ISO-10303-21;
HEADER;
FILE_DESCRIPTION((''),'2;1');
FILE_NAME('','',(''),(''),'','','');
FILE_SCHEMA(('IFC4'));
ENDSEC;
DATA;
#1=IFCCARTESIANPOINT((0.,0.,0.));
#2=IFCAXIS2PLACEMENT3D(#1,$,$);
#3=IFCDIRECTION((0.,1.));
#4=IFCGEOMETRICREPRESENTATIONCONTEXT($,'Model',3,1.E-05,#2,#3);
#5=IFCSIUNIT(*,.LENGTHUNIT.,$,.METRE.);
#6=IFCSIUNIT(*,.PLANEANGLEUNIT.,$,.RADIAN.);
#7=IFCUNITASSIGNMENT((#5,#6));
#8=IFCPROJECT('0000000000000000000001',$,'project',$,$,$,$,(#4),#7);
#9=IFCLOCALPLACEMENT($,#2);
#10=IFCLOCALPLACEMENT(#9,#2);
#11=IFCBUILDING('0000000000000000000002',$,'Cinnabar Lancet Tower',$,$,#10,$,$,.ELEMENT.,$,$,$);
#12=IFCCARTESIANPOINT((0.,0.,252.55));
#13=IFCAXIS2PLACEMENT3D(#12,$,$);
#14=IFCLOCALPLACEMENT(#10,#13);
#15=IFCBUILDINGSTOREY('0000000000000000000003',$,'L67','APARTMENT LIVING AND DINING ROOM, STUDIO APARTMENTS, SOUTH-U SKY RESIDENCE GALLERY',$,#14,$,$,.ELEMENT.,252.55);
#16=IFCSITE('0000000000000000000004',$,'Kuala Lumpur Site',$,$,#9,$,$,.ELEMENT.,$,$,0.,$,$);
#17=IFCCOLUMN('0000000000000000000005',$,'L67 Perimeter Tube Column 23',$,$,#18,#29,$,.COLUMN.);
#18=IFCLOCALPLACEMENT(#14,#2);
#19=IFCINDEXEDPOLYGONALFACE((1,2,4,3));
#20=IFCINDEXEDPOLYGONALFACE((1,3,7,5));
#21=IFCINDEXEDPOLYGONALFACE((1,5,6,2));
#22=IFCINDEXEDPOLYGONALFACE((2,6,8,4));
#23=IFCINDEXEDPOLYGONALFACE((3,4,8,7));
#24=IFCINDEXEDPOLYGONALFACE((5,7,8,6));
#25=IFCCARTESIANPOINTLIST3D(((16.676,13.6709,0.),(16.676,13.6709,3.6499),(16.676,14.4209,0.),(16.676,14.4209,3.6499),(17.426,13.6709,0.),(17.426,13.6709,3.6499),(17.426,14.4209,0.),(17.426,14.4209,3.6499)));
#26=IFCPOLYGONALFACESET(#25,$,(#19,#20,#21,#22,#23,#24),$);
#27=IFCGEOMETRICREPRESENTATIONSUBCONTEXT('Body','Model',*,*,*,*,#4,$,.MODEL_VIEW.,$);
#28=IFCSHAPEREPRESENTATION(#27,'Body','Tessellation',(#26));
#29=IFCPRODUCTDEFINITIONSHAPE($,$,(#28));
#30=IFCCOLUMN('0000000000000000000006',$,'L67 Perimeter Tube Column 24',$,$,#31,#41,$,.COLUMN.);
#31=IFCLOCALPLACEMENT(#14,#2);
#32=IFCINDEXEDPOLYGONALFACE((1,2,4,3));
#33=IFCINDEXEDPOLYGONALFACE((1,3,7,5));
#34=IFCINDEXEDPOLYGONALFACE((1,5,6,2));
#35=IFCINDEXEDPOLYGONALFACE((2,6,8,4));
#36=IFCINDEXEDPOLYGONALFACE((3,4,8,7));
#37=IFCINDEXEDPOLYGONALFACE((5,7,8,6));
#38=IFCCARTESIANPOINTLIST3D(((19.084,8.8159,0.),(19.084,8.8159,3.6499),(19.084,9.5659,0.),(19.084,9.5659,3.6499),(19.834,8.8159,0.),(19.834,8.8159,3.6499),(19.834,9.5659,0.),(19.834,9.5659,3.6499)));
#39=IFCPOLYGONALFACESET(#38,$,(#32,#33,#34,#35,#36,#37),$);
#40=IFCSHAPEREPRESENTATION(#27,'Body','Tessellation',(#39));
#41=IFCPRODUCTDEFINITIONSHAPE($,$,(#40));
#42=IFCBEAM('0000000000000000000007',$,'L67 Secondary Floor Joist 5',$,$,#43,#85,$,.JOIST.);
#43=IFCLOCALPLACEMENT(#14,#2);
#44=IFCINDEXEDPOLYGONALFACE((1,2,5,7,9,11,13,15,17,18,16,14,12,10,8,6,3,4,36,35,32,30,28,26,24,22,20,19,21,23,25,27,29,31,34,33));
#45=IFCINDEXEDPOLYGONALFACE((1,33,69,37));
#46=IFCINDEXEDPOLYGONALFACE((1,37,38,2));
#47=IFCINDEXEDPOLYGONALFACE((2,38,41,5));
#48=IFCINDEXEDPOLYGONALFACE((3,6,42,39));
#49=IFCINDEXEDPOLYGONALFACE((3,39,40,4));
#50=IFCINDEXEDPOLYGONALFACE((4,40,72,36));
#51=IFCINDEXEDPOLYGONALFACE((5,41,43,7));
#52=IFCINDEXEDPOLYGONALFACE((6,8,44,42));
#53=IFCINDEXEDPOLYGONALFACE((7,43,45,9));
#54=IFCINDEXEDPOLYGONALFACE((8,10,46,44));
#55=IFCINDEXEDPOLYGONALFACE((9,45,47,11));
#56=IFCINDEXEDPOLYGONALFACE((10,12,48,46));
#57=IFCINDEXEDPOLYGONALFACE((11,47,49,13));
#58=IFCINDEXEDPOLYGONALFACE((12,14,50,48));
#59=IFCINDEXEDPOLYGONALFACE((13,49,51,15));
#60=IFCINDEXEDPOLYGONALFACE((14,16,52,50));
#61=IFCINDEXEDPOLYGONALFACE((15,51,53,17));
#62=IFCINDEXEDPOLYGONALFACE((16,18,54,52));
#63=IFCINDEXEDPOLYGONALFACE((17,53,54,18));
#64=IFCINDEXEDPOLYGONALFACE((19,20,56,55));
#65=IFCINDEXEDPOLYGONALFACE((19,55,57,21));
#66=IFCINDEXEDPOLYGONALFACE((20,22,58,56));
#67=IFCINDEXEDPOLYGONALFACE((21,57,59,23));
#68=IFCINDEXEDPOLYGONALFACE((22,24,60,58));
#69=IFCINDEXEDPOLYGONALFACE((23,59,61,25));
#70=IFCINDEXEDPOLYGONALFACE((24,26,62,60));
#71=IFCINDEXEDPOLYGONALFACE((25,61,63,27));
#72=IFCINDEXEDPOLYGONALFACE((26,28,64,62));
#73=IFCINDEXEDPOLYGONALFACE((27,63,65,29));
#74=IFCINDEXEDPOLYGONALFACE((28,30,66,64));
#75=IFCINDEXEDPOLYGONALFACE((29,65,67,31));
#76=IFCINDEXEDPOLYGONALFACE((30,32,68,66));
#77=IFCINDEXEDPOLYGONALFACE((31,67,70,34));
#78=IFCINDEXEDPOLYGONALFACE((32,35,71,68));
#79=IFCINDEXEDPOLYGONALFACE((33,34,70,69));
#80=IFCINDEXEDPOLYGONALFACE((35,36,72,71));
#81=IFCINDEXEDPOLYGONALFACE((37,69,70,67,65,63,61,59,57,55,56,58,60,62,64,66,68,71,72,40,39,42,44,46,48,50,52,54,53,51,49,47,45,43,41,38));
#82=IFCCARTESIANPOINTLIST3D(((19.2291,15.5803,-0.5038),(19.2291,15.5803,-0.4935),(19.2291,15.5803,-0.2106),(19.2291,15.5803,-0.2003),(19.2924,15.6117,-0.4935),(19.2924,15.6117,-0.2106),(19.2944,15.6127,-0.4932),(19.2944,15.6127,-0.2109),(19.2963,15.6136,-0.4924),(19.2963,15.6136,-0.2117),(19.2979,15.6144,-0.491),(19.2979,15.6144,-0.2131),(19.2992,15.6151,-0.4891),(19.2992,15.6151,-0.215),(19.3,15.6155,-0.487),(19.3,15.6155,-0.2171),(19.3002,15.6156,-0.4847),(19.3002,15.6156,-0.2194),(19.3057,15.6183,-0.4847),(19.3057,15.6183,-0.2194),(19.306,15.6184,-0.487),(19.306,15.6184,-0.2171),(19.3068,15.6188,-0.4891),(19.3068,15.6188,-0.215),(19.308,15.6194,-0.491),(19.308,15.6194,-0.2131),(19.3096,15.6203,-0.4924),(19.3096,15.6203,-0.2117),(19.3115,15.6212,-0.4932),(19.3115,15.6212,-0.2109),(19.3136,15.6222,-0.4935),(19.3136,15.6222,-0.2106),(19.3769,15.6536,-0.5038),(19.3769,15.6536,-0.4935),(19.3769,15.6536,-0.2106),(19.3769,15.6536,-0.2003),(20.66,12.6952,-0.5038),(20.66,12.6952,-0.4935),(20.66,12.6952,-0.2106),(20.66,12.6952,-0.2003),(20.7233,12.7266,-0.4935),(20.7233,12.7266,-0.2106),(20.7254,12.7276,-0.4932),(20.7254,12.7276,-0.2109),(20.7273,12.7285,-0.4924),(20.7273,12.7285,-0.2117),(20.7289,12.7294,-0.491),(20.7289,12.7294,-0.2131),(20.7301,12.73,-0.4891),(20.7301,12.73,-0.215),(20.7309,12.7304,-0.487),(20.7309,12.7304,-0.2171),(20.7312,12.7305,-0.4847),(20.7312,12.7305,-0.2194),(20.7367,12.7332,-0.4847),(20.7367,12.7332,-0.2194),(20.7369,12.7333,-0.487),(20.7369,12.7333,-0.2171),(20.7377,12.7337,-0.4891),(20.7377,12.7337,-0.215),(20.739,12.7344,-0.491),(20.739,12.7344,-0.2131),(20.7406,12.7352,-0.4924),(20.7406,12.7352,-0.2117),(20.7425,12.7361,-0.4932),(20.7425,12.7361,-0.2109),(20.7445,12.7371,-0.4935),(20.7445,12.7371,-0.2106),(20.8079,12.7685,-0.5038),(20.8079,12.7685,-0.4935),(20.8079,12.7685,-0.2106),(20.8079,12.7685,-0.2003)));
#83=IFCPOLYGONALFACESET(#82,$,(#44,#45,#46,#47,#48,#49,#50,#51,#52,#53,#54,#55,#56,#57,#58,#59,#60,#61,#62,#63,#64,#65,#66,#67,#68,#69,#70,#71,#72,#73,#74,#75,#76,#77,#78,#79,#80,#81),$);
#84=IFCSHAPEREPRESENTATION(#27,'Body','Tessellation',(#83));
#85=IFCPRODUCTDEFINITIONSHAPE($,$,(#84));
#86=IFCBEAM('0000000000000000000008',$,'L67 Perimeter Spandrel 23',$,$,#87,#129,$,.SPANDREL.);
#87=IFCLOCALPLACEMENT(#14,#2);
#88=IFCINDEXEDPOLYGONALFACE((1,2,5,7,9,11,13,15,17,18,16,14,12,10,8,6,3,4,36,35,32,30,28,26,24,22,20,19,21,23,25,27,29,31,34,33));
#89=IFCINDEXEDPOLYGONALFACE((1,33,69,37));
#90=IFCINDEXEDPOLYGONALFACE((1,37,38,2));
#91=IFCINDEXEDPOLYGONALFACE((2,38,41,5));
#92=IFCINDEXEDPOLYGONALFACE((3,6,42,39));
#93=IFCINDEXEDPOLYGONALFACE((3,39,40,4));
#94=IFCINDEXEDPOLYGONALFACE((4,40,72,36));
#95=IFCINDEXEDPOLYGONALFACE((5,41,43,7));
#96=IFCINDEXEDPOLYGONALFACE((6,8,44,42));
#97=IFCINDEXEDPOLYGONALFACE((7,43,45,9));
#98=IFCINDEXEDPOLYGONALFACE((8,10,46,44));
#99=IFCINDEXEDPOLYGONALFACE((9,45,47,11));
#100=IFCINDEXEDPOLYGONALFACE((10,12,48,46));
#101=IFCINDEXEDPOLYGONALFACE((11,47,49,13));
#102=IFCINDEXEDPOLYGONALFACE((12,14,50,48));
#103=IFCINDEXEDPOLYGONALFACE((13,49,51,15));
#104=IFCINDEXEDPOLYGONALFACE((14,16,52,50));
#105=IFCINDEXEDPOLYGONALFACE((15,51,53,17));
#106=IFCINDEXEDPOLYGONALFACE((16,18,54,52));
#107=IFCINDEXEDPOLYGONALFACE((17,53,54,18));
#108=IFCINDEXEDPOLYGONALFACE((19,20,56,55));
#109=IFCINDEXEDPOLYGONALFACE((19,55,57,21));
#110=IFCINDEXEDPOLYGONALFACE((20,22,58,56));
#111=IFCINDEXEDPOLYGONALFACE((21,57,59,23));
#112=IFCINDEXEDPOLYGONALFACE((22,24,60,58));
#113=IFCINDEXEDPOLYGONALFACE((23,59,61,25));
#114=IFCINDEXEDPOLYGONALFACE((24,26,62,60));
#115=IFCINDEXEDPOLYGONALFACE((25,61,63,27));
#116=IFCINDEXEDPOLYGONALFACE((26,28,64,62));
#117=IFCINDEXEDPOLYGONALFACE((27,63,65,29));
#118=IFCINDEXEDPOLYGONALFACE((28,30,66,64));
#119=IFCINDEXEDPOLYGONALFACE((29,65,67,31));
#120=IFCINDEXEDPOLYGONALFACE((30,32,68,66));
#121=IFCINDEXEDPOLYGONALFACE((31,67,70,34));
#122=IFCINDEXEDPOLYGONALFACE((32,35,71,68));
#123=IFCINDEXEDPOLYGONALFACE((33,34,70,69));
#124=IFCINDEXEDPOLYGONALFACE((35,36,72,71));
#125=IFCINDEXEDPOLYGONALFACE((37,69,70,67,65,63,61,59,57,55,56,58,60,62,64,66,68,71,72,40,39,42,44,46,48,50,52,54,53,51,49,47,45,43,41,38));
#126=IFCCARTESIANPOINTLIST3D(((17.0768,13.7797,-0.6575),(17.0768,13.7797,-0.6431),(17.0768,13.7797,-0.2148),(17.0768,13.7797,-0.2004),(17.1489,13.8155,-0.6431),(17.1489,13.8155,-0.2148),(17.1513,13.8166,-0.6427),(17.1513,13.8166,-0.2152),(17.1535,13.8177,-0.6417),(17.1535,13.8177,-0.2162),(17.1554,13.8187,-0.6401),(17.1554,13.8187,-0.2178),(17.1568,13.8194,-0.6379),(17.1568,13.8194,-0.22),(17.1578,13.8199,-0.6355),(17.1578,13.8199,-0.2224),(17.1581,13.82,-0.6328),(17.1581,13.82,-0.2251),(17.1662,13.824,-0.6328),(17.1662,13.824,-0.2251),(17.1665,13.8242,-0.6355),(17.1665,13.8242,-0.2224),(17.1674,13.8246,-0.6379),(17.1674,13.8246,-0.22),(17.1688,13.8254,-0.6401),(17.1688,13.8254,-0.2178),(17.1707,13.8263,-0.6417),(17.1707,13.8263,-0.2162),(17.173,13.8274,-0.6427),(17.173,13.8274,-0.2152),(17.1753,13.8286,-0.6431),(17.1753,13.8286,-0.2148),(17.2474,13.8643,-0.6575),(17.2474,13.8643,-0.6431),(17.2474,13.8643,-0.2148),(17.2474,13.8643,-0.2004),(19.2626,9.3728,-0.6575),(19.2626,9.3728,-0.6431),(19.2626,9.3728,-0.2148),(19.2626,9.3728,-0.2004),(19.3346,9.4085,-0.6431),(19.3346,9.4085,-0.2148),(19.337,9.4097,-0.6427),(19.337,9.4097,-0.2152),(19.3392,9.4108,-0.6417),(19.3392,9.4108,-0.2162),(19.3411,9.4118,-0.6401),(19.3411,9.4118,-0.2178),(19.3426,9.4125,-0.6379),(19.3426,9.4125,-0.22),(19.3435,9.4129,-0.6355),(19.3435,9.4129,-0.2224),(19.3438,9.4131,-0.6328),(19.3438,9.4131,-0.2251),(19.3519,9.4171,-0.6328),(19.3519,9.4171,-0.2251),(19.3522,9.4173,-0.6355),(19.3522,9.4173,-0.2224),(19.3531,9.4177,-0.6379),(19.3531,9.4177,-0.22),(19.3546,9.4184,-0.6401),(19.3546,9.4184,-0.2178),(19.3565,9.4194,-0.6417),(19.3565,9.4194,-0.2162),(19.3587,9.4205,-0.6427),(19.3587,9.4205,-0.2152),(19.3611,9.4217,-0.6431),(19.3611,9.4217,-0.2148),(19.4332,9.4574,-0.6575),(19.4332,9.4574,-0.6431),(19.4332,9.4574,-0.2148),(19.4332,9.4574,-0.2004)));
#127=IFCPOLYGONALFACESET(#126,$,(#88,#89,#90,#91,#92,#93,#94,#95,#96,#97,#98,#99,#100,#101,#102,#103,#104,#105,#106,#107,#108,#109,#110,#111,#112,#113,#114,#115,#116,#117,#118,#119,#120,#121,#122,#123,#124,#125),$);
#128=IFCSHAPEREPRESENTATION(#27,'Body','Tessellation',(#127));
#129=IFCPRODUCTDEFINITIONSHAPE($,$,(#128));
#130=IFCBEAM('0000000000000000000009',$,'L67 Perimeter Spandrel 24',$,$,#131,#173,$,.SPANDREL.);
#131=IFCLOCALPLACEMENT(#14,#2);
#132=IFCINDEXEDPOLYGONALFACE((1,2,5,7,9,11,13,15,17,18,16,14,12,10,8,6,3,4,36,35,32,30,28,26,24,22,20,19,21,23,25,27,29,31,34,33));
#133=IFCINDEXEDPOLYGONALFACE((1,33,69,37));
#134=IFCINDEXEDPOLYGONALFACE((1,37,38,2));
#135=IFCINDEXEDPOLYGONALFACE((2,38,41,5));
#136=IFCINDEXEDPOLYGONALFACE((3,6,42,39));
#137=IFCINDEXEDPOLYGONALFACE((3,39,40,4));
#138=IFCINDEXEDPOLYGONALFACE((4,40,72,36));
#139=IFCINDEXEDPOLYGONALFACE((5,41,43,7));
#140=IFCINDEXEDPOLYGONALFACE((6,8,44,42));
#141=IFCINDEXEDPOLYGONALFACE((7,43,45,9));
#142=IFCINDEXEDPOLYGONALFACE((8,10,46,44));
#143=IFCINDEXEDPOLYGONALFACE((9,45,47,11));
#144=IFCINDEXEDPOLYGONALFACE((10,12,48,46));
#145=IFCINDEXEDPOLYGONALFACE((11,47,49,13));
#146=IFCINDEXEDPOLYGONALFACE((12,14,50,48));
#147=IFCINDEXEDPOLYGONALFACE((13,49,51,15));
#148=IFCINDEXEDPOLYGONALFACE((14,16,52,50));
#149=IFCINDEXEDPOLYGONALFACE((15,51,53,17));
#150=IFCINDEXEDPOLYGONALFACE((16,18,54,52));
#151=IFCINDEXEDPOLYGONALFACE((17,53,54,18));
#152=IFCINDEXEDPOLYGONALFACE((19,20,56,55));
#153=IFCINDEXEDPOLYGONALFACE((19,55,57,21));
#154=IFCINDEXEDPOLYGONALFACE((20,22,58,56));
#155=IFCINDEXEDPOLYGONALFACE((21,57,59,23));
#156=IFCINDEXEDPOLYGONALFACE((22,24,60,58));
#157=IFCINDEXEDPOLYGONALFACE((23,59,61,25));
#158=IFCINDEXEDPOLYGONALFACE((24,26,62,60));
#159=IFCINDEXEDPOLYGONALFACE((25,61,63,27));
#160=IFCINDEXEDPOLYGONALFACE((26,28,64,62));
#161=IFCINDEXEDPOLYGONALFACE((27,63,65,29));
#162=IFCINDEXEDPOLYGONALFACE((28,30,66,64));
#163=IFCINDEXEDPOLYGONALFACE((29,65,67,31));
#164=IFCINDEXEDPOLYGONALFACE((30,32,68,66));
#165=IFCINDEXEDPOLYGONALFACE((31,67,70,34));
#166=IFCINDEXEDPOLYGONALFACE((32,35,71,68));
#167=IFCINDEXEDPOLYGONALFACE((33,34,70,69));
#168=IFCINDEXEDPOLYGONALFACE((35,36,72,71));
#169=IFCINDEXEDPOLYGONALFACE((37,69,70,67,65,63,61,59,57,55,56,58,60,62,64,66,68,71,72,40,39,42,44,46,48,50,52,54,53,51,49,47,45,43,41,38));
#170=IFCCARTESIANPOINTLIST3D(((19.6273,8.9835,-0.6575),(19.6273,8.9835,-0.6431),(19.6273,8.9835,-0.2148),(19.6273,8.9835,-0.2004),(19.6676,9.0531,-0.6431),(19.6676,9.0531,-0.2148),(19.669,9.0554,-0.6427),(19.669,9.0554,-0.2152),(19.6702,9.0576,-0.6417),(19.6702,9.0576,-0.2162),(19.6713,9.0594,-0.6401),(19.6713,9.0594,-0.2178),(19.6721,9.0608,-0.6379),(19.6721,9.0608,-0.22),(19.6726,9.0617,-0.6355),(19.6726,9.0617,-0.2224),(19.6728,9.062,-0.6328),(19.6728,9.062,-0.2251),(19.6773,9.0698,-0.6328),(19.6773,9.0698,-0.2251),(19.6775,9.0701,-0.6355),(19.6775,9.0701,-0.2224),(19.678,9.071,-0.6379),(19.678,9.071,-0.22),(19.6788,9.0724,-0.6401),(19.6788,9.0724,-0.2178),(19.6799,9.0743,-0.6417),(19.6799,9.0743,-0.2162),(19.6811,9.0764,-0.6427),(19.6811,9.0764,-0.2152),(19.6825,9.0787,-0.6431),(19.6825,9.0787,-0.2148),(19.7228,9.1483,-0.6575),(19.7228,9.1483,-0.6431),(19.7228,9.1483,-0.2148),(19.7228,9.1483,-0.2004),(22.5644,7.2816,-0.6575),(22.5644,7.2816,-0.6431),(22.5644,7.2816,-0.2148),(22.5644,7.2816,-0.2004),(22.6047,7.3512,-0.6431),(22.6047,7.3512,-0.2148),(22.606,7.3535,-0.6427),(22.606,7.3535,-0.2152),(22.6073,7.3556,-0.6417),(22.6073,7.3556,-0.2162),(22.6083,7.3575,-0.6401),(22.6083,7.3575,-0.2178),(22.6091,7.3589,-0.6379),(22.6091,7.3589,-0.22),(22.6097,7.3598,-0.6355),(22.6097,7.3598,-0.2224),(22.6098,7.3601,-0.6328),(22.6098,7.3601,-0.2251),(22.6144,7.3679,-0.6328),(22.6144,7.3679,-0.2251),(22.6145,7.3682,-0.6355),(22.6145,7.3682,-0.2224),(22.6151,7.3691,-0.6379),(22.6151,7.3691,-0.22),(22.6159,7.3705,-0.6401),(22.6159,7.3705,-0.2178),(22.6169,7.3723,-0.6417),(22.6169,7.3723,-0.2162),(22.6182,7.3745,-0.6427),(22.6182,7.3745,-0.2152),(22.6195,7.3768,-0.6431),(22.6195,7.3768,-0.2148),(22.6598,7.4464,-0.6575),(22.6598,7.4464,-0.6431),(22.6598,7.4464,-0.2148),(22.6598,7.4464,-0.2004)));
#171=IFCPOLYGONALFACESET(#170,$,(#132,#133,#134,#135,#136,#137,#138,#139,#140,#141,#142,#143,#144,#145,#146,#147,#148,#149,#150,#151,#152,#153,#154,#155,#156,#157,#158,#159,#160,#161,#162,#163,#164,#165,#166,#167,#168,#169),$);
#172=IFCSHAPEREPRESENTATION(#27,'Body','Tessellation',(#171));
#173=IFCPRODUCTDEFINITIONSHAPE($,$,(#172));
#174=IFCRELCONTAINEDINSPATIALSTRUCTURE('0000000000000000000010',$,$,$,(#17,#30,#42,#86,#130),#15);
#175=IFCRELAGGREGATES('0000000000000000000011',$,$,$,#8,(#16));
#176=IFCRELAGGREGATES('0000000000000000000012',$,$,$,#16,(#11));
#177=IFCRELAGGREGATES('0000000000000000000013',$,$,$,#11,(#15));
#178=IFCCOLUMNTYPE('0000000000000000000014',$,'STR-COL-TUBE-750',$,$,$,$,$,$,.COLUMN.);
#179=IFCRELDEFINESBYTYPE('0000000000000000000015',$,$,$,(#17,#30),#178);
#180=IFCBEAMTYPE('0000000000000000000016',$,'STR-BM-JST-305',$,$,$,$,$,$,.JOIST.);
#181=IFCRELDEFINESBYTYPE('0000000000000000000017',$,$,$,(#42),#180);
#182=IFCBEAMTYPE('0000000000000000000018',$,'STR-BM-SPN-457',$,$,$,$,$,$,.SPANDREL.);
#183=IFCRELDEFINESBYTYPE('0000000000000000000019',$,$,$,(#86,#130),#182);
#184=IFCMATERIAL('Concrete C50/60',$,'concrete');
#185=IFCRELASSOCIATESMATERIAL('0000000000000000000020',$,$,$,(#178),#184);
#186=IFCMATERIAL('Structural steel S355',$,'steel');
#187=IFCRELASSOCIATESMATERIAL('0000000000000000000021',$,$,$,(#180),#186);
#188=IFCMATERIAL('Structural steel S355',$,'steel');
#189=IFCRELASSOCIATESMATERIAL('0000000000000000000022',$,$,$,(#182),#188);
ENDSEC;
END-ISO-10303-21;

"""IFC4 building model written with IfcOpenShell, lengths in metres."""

from ifc_helpers import new_model, si_unit, direction, frame, origin, origin_2d, place, context, subcontext, project, spatial, rectangle, i_section, extrude, material, material_profile, profile_set, type_object, element, save


model = new_model("IFC4")

# Units and contexts
model_context = context("Model", 3, precision=1e-05, world=origin(), true_north=direction((0.0, 1.0)))
body_context = subcontext(model_context, "Body", "Model", "MODEL_VIEW")
ifc_project = project(units=[si_unit("LENGTHUNIT", "METRE"), si_unit("PLANEANGLEUNIT", "RADIAN")], contexts=[model_context])

# Site, building, storey
site_placement = place(None, origin())
site = spatial("IfcSite", under=ifc_project, at=site_placement, Name="Kuala Lumpur Site", CompositionType="ELEMENT", RefElevation=0.0)
building_placement = place(site_placement, origin())
building = spatial("IfcBuilding", under=site, at=building_placement, Name="Cinnabar Lancet Tower", CompositionType="ELEMENT")
storey_placement = place(building_placement, frame((0.0, 0.0, 252.55)))
storey = spatial("IfcBuildingStorey", under=building, at=storey_placement, Name="L67", Description="APARTMENT LIVING AND DINING ROOM, STUDIO APARTMENTS, SOUTH-U SKY RESIDENCE GALLERY", CompositionType="ELEMENT", Elevation=252.55)

# Columns
ifc_material_1 = material(Name="Concrete C50/60", Category="concrete")
ifc_material_profile_1 = material_profile(ifc_material_1, rectangle(XDim=0.75, YDim=0.75, at=origin_2d()), Name="RC-COL 750x750")
ifc_profile_set_1 = profile_set([ifc_material_profile_1], Name="Concrete C50/60")
column_type = type_object("IfcColumnType", Name="STR-COL-TUBE-750", PredefinedType="COLUMN", material=ifc_profile_set_1)
for number, where, z_axis, x_axis, name in (
    (1, (17.051, 14.0459, 0.0), (0.0, 0.0, 1.0), (1.0, 0.0, 0.0), "L67 Perimeter Tube Column 23"),
    (2, (19.459, 9.1909, 0.0), (0.0, 0.0, 1.0), (1.0, 0.0, 0.0), "L67 Perimeter Tube Column 24"),
):
    element("IfcColumn", number, at=place(storey_placement, frame(where, z_axis=z_axis, x_axis=x_axis)), inside=storey, type_object=column_type, Name=name, PredefinedType="COLUMN", context=body_context, shape_type="SweptSolid", body=[
        extrude(rectangle(XDim=0.75, YDim=0.75, at=origin_2d()), origin(), (0.0, 0.0, 1.0), 3.6499),
    ])

# Beams
ifc_material_2 = material(Name="Structural steel S355", Category="steel")
ifc_material_profile_2 = material_profile(ifc_material_2, i_section(OverallWidth=0.165, OverallDepth=0.3035, WebThickness=0.0061, FlangeThickness=0.0103, FilletRadius=0.0088, at=origin_2d()), Name="UKB 305x165x40")
ifc_profile_set_2 = profile_set([ifc_material_profile_2], Name="Structural steel S355")
beam_type_1 = type_object("IfcBeamType", Name="STR-BM-JST-305", PredefinedType="JOIST", material=ifc_profile_set_2)
beam_1_placement = place(storey_placement, frame((19.303, 15.6169, -0.3521), z_axis=(0.44433, -0.895863, 0.0), x_axis=(0.895863, 0.44433, 0.0)))
element("IfcBeam", 3, at=beam_1_placement, inside=storey, type_object=beam_type_1, Name="L67 Secondary Floor Joist 5", PredefinedType="JOIST", context=body_context, shape_type="SweptSolid", body=[
    extrude(i_section(OverallWidth=0.165, OverallDepth=0.3035, WebThickness=0.0061, FlangeThickness=0.0103, FilletRadius=0.0088, at=origin_2d()), origin(), (0.0, 0.0, 1.0), 3.2205),
])
ifc_material_3 = material(Name="Structural steel S355", Category="steel")
ifc_material_profile_3 = material_profile(ifc_material_3, i_section(OverallWidth=0.1904, OverallDepth=0.457, WebThickness=0.009, FlangeThickness=0.0144, FilletRadius=0.0103, at=origin_2d()), Name="UKB 457x191x74")
ifc_profile_set_3 = profile_set([ifc_material_profile_3], Name="Structural steel S355")
beam_type_2 = type_object("IfcBeamType", Name="STR-BM-SPN-457", PredefinedType="SPANDREL", material=ifc_profile_set_3)
beam_2_placement = place(storey_placement, frame((17.1621, 13.822, -0.429), z_axis=(0.444333, -0.895862, 0.0), x_axis=(0.895862, 0.444333, 0.0)))
element("IfcBeam", 4, at=beam_2_placement, inside=storey, type_object=beam_type_2, Name="L67 Perimeter Spandrel 23", PredefinedType="SPANDREL", context=body_context, shape_type="SweptSolid", body=[
    extrude(i_section(OverallWidth=0.1904, OverallDepth=0.457, WebThickness=0.009, FlangeThickness=0.0144, FilletRadius=0.0103, at=origin_2d()), origin(), (0.0, 0.0, 1.0), 4.9192),
])
beam_3_placement = place(storey_placement, frame((19.675, 9.0659, -0.429), z_axis=(0.865231, -0.501374, 0.0), x_axis=(0.501374, 0.865231, 0.0)))
element("IfcBeam", 5, at=beam_3_placement, inside=storey, type_object=beam_type_2, Name="L67 Perimeter Spandrel 24", PredefinedType="SPANDREL", context=body_context, shape_type="SweptSolid", body=[
    extrude(i_section(OverallWidth=0.1904, OverallDepth=0.457, WebThickness=0.009, FlangeThickness=0.0144, FilletRadius=0.0103, at=origin_2d()), origin(), (0.0, 0.0, 1.0), 3.3945),
])

save(model, "model.ifc")
